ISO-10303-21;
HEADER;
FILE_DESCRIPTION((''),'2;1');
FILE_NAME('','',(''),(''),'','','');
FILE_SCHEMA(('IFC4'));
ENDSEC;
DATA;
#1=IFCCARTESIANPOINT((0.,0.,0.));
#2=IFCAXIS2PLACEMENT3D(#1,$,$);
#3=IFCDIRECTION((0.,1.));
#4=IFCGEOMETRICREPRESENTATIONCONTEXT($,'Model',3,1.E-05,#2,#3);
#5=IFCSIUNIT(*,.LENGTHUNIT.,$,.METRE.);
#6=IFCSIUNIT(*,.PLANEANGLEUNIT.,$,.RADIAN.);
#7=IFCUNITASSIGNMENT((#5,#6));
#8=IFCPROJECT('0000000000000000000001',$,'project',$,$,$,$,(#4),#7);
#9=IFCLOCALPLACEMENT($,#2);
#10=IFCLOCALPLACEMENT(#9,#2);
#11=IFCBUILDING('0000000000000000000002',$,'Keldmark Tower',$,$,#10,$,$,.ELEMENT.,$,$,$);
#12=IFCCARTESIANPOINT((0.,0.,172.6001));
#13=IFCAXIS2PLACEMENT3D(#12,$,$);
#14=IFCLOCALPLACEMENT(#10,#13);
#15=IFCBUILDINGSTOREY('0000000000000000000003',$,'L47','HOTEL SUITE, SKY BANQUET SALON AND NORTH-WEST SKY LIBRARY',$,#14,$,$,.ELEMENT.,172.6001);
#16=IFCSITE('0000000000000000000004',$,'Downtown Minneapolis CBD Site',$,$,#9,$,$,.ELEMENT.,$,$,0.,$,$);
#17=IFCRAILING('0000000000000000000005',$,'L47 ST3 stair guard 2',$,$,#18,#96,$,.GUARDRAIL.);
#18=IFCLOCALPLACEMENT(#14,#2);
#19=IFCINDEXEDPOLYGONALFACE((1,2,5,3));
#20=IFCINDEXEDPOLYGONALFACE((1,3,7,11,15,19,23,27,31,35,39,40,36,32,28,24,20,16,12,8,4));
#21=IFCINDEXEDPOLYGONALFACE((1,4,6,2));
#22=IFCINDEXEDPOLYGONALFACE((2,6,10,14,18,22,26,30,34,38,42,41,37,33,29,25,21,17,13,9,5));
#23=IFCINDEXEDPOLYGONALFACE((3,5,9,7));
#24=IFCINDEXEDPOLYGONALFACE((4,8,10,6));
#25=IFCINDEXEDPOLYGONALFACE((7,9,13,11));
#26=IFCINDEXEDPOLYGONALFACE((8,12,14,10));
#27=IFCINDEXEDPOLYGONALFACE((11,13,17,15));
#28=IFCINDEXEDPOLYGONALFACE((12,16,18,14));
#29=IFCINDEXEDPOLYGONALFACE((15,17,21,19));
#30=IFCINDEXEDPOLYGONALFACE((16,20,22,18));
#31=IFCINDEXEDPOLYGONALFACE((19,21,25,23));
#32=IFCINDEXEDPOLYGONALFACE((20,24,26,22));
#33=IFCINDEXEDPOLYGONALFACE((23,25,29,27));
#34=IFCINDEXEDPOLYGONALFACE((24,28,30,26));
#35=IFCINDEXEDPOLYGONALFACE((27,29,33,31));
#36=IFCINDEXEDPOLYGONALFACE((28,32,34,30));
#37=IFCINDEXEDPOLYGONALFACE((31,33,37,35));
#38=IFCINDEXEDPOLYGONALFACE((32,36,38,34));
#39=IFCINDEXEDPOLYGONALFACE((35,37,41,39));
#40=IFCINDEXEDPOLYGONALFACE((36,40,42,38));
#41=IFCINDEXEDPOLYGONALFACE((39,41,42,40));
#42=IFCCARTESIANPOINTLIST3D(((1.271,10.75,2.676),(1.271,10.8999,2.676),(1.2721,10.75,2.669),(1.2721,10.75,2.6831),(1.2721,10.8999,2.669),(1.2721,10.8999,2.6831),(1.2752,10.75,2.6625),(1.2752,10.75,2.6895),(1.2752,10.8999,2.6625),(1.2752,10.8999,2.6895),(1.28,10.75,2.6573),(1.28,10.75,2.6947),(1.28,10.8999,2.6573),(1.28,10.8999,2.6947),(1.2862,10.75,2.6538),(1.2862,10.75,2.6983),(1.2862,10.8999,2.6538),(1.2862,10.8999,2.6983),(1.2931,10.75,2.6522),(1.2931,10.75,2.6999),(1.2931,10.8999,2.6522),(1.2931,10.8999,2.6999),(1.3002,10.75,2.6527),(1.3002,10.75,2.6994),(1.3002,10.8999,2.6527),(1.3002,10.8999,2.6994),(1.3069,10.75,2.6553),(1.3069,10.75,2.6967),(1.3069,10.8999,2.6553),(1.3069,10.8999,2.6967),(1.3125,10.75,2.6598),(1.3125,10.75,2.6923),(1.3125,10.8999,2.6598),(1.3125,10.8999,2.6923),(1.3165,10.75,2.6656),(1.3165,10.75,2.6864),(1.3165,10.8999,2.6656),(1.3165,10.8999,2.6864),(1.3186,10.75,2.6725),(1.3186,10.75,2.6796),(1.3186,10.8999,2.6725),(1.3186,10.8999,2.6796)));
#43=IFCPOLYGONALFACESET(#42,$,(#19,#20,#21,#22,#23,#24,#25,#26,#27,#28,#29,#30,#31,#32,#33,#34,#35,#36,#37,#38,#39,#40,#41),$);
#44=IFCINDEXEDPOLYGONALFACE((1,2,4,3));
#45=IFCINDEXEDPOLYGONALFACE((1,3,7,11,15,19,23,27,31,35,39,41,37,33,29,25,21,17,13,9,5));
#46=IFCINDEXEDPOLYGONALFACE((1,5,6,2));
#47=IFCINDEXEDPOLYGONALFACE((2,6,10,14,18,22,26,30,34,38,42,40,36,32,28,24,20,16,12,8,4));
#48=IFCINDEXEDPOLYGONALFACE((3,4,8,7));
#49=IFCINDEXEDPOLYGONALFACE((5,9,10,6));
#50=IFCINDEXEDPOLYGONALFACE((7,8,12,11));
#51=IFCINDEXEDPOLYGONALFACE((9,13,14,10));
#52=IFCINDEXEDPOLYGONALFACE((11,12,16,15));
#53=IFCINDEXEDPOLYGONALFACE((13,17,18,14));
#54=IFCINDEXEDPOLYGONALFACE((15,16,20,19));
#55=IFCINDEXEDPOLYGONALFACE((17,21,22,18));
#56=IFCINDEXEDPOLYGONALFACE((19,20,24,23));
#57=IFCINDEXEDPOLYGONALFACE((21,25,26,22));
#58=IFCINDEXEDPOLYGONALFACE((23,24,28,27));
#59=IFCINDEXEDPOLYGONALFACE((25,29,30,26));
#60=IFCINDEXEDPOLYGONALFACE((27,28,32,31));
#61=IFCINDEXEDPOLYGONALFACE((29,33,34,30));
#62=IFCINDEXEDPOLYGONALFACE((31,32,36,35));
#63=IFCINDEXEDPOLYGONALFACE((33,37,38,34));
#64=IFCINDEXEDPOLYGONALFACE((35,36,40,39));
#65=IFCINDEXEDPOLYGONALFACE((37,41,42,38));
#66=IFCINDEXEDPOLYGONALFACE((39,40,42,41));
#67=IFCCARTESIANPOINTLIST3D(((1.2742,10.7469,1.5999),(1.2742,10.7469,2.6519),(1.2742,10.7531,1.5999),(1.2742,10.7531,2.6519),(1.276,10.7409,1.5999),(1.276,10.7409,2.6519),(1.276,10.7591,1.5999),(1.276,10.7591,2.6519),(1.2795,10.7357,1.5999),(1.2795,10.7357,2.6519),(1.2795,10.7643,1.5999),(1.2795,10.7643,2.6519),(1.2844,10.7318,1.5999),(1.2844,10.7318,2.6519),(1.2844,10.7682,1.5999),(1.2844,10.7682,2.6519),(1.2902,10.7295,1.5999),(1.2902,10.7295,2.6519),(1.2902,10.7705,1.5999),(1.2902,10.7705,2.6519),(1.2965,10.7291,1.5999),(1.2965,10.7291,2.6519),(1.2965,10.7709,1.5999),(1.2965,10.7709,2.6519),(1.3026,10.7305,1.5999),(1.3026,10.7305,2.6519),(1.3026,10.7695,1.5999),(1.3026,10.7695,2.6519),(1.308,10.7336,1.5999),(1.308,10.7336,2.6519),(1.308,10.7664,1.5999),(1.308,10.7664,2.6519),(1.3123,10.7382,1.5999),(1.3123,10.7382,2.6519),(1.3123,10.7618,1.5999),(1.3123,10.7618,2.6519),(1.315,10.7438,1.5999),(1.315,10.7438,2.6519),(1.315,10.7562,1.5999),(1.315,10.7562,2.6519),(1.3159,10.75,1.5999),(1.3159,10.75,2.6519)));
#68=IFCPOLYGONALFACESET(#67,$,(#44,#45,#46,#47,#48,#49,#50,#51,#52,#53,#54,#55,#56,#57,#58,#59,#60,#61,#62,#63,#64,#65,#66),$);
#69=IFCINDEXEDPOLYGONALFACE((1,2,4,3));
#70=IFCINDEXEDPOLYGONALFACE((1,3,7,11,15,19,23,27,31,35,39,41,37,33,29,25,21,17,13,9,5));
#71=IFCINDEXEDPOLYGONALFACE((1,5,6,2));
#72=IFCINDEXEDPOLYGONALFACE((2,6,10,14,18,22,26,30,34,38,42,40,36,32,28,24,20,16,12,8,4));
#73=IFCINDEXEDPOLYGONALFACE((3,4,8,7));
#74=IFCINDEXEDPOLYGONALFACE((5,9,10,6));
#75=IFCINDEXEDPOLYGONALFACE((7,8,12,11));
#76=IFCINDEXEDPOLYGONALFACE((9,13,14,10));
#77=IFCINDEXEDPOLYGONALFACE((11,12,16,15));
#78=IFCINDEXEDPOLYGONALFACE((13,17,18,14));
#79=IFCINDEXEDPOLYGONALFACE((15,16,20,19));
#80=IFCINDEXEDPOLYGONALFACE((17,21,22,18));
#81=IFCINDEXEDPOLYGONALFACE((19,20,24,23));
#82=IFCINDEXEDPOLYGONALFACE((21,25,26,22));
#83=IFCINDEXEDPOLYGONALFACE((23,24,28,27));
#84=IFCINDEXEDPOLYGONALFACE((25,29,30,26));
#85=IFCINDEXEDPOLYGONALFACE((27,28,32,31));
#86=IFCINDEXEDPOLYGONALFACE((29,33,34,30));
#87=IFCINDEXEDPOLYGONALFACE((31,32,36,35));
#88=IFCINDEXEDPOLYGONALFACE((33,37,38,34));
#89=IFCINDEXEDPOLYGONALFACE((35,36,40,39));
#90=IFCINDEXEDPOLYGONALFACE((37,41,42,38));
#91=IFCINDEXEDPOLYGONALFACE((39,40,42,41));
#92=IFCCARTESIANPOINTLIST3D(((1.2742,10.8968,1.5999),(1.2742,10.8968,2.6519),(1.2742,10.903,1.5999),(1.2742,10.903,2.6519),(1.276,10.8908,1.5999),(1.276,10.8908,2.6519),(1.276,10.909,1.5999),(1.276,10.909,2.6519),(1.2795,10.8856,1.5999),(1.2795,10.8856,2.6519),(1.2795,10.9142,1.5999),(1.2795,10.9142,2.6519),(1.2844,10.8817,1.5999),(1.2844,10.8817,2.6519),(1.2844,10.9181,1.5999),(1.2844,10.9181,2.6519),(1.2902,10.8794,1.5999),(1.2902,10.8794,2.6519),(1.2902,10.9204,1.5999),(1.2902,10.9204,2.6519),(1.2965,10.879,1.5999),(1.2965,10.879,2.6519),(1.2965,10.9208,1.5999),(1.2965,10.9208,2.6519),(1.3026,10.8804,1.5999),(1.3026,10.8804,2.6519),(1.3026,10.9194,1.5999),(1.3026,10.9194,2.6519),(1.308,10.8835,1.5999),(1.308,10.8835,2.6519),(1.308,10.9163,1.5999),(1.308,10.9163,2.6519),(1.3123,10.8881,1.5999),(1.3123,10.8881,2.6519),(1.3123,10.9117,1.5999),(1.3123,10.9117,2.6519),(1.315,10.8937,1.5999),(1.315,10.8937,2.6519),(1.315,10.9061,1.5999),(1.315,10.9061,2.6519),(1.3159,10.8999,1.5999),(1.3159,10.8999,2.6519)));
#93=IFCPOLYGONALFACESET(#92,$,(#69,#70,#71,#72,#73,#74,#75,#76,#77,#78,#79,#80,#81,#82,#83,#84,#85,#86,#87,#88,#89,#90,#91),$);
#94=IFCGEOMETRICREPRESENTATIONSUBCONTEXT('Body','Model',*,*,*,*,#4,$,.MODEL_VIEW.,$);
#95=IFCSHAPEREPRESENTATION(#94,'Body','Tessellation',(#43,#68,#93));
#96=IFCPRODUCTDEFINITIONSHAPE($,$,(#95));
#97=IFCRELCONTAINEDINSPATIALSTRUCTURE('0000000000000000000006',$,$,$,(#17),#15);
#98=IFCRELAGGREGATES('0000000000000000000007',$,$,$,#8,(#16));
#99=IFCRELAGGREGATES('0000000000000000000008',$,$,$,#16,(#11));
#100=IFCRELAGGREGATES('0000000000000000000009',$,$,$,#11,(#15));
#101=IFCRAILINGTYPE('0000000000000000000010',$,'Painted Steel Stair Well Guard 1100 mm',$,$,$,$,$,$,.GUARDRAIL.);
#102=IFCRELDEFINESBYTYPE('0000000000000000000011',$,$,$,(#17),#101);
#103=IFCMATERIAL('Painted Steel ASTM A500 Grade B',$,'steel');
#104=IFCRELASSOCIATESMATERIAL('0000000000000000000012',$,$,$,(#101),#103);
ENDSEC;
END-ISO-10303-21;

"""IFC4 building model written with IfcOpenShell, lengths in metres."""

from ifc_helpers import new_model, si_unit, direction, frame, origin, origin_2d, place, context, subcontext, project, spatial, circle, extrude, material, type_object, element, save


model = new_model("IFC4")

# Units and contexts
model_context = context("Model", 3, precision=1e-05, world=origin(), true_north=direction((0.0, 1.0)))
body_context = subcontext(model_context, "Body", "Model", "MODEL_VIEW")
ifc_project = project(units=[si_unit("LENGTHUNIT", "METRE"), si_unit("PLANEANGLEUNIT", "RADIAN")], contexts=[model_context])

# Site, building, storey
site_placement = place(None, origin())
site = spatial("IfcSite", under=ifc_project, at=site_placement, Name="Downtown Minneapolis CBD Site", CompositionType="ELEMENT", RefElevation=0.0)
building_placement = place(site_placement, origin())
building = spatial("IfcBuilding", under=site, at=building_placement, Name="Keldmark Tower", CompositionType="ELEMENT")
storey_placement = place(building_placement, frame((0.0, 0.0, 172.6001)))
storey = spatial("IfcBuildingStorey", under=building, at=storey_placement, Name="L47", Description="HOTEL SUITE, SKY BANQUET SALON AND NORTH-WEST SKY LIBRARY", CompositionType="ELEMENT", Elevation=172.6001)

# Railing
ifc_material_1 = material(Name="Painted Steel ASTM A500 Grade B", Category="steel")
railing_type_1 = type_object("IfcRailingType", Name="Painted Steel Stair Well Guard 1100 mm", PredefinedType="GUARDRAIL", material=ifc_material_1)
railing_1_placement = place(storey_placement, frame((1.2949, 10.75, 1.5999)))
element("IfcRailing", 1, at=railing_1_placement, inside=storey, type_object=railing_type_1, Name="L47 ST3 stair guard 2", PredefinedType="GUARDRAIL", context=body_context, shape_type="SweptSolid", body=[
    extrude(circle(Radius=0.0239, at=origin_2d()), frame((0.0, 0.0, 1.0762), z_axis=(0.0, 1.0, 0.0), x_axis=(-1.0, 0.0, 0.0)), (0.0, 0.0, 1.0), 0.1499),
    extrude(circle(Radius=0.021, at=origin_2d()), origin(), (0.0, 0.0, 1.0), 1.052),
    extrude(circle(Radius=0.021, at=origin_2d()), frame((0.0, 0.1499, 0.0)), (0.0, 0.0, 1.0), 1.052),
])

save(model, "model.ifc")
